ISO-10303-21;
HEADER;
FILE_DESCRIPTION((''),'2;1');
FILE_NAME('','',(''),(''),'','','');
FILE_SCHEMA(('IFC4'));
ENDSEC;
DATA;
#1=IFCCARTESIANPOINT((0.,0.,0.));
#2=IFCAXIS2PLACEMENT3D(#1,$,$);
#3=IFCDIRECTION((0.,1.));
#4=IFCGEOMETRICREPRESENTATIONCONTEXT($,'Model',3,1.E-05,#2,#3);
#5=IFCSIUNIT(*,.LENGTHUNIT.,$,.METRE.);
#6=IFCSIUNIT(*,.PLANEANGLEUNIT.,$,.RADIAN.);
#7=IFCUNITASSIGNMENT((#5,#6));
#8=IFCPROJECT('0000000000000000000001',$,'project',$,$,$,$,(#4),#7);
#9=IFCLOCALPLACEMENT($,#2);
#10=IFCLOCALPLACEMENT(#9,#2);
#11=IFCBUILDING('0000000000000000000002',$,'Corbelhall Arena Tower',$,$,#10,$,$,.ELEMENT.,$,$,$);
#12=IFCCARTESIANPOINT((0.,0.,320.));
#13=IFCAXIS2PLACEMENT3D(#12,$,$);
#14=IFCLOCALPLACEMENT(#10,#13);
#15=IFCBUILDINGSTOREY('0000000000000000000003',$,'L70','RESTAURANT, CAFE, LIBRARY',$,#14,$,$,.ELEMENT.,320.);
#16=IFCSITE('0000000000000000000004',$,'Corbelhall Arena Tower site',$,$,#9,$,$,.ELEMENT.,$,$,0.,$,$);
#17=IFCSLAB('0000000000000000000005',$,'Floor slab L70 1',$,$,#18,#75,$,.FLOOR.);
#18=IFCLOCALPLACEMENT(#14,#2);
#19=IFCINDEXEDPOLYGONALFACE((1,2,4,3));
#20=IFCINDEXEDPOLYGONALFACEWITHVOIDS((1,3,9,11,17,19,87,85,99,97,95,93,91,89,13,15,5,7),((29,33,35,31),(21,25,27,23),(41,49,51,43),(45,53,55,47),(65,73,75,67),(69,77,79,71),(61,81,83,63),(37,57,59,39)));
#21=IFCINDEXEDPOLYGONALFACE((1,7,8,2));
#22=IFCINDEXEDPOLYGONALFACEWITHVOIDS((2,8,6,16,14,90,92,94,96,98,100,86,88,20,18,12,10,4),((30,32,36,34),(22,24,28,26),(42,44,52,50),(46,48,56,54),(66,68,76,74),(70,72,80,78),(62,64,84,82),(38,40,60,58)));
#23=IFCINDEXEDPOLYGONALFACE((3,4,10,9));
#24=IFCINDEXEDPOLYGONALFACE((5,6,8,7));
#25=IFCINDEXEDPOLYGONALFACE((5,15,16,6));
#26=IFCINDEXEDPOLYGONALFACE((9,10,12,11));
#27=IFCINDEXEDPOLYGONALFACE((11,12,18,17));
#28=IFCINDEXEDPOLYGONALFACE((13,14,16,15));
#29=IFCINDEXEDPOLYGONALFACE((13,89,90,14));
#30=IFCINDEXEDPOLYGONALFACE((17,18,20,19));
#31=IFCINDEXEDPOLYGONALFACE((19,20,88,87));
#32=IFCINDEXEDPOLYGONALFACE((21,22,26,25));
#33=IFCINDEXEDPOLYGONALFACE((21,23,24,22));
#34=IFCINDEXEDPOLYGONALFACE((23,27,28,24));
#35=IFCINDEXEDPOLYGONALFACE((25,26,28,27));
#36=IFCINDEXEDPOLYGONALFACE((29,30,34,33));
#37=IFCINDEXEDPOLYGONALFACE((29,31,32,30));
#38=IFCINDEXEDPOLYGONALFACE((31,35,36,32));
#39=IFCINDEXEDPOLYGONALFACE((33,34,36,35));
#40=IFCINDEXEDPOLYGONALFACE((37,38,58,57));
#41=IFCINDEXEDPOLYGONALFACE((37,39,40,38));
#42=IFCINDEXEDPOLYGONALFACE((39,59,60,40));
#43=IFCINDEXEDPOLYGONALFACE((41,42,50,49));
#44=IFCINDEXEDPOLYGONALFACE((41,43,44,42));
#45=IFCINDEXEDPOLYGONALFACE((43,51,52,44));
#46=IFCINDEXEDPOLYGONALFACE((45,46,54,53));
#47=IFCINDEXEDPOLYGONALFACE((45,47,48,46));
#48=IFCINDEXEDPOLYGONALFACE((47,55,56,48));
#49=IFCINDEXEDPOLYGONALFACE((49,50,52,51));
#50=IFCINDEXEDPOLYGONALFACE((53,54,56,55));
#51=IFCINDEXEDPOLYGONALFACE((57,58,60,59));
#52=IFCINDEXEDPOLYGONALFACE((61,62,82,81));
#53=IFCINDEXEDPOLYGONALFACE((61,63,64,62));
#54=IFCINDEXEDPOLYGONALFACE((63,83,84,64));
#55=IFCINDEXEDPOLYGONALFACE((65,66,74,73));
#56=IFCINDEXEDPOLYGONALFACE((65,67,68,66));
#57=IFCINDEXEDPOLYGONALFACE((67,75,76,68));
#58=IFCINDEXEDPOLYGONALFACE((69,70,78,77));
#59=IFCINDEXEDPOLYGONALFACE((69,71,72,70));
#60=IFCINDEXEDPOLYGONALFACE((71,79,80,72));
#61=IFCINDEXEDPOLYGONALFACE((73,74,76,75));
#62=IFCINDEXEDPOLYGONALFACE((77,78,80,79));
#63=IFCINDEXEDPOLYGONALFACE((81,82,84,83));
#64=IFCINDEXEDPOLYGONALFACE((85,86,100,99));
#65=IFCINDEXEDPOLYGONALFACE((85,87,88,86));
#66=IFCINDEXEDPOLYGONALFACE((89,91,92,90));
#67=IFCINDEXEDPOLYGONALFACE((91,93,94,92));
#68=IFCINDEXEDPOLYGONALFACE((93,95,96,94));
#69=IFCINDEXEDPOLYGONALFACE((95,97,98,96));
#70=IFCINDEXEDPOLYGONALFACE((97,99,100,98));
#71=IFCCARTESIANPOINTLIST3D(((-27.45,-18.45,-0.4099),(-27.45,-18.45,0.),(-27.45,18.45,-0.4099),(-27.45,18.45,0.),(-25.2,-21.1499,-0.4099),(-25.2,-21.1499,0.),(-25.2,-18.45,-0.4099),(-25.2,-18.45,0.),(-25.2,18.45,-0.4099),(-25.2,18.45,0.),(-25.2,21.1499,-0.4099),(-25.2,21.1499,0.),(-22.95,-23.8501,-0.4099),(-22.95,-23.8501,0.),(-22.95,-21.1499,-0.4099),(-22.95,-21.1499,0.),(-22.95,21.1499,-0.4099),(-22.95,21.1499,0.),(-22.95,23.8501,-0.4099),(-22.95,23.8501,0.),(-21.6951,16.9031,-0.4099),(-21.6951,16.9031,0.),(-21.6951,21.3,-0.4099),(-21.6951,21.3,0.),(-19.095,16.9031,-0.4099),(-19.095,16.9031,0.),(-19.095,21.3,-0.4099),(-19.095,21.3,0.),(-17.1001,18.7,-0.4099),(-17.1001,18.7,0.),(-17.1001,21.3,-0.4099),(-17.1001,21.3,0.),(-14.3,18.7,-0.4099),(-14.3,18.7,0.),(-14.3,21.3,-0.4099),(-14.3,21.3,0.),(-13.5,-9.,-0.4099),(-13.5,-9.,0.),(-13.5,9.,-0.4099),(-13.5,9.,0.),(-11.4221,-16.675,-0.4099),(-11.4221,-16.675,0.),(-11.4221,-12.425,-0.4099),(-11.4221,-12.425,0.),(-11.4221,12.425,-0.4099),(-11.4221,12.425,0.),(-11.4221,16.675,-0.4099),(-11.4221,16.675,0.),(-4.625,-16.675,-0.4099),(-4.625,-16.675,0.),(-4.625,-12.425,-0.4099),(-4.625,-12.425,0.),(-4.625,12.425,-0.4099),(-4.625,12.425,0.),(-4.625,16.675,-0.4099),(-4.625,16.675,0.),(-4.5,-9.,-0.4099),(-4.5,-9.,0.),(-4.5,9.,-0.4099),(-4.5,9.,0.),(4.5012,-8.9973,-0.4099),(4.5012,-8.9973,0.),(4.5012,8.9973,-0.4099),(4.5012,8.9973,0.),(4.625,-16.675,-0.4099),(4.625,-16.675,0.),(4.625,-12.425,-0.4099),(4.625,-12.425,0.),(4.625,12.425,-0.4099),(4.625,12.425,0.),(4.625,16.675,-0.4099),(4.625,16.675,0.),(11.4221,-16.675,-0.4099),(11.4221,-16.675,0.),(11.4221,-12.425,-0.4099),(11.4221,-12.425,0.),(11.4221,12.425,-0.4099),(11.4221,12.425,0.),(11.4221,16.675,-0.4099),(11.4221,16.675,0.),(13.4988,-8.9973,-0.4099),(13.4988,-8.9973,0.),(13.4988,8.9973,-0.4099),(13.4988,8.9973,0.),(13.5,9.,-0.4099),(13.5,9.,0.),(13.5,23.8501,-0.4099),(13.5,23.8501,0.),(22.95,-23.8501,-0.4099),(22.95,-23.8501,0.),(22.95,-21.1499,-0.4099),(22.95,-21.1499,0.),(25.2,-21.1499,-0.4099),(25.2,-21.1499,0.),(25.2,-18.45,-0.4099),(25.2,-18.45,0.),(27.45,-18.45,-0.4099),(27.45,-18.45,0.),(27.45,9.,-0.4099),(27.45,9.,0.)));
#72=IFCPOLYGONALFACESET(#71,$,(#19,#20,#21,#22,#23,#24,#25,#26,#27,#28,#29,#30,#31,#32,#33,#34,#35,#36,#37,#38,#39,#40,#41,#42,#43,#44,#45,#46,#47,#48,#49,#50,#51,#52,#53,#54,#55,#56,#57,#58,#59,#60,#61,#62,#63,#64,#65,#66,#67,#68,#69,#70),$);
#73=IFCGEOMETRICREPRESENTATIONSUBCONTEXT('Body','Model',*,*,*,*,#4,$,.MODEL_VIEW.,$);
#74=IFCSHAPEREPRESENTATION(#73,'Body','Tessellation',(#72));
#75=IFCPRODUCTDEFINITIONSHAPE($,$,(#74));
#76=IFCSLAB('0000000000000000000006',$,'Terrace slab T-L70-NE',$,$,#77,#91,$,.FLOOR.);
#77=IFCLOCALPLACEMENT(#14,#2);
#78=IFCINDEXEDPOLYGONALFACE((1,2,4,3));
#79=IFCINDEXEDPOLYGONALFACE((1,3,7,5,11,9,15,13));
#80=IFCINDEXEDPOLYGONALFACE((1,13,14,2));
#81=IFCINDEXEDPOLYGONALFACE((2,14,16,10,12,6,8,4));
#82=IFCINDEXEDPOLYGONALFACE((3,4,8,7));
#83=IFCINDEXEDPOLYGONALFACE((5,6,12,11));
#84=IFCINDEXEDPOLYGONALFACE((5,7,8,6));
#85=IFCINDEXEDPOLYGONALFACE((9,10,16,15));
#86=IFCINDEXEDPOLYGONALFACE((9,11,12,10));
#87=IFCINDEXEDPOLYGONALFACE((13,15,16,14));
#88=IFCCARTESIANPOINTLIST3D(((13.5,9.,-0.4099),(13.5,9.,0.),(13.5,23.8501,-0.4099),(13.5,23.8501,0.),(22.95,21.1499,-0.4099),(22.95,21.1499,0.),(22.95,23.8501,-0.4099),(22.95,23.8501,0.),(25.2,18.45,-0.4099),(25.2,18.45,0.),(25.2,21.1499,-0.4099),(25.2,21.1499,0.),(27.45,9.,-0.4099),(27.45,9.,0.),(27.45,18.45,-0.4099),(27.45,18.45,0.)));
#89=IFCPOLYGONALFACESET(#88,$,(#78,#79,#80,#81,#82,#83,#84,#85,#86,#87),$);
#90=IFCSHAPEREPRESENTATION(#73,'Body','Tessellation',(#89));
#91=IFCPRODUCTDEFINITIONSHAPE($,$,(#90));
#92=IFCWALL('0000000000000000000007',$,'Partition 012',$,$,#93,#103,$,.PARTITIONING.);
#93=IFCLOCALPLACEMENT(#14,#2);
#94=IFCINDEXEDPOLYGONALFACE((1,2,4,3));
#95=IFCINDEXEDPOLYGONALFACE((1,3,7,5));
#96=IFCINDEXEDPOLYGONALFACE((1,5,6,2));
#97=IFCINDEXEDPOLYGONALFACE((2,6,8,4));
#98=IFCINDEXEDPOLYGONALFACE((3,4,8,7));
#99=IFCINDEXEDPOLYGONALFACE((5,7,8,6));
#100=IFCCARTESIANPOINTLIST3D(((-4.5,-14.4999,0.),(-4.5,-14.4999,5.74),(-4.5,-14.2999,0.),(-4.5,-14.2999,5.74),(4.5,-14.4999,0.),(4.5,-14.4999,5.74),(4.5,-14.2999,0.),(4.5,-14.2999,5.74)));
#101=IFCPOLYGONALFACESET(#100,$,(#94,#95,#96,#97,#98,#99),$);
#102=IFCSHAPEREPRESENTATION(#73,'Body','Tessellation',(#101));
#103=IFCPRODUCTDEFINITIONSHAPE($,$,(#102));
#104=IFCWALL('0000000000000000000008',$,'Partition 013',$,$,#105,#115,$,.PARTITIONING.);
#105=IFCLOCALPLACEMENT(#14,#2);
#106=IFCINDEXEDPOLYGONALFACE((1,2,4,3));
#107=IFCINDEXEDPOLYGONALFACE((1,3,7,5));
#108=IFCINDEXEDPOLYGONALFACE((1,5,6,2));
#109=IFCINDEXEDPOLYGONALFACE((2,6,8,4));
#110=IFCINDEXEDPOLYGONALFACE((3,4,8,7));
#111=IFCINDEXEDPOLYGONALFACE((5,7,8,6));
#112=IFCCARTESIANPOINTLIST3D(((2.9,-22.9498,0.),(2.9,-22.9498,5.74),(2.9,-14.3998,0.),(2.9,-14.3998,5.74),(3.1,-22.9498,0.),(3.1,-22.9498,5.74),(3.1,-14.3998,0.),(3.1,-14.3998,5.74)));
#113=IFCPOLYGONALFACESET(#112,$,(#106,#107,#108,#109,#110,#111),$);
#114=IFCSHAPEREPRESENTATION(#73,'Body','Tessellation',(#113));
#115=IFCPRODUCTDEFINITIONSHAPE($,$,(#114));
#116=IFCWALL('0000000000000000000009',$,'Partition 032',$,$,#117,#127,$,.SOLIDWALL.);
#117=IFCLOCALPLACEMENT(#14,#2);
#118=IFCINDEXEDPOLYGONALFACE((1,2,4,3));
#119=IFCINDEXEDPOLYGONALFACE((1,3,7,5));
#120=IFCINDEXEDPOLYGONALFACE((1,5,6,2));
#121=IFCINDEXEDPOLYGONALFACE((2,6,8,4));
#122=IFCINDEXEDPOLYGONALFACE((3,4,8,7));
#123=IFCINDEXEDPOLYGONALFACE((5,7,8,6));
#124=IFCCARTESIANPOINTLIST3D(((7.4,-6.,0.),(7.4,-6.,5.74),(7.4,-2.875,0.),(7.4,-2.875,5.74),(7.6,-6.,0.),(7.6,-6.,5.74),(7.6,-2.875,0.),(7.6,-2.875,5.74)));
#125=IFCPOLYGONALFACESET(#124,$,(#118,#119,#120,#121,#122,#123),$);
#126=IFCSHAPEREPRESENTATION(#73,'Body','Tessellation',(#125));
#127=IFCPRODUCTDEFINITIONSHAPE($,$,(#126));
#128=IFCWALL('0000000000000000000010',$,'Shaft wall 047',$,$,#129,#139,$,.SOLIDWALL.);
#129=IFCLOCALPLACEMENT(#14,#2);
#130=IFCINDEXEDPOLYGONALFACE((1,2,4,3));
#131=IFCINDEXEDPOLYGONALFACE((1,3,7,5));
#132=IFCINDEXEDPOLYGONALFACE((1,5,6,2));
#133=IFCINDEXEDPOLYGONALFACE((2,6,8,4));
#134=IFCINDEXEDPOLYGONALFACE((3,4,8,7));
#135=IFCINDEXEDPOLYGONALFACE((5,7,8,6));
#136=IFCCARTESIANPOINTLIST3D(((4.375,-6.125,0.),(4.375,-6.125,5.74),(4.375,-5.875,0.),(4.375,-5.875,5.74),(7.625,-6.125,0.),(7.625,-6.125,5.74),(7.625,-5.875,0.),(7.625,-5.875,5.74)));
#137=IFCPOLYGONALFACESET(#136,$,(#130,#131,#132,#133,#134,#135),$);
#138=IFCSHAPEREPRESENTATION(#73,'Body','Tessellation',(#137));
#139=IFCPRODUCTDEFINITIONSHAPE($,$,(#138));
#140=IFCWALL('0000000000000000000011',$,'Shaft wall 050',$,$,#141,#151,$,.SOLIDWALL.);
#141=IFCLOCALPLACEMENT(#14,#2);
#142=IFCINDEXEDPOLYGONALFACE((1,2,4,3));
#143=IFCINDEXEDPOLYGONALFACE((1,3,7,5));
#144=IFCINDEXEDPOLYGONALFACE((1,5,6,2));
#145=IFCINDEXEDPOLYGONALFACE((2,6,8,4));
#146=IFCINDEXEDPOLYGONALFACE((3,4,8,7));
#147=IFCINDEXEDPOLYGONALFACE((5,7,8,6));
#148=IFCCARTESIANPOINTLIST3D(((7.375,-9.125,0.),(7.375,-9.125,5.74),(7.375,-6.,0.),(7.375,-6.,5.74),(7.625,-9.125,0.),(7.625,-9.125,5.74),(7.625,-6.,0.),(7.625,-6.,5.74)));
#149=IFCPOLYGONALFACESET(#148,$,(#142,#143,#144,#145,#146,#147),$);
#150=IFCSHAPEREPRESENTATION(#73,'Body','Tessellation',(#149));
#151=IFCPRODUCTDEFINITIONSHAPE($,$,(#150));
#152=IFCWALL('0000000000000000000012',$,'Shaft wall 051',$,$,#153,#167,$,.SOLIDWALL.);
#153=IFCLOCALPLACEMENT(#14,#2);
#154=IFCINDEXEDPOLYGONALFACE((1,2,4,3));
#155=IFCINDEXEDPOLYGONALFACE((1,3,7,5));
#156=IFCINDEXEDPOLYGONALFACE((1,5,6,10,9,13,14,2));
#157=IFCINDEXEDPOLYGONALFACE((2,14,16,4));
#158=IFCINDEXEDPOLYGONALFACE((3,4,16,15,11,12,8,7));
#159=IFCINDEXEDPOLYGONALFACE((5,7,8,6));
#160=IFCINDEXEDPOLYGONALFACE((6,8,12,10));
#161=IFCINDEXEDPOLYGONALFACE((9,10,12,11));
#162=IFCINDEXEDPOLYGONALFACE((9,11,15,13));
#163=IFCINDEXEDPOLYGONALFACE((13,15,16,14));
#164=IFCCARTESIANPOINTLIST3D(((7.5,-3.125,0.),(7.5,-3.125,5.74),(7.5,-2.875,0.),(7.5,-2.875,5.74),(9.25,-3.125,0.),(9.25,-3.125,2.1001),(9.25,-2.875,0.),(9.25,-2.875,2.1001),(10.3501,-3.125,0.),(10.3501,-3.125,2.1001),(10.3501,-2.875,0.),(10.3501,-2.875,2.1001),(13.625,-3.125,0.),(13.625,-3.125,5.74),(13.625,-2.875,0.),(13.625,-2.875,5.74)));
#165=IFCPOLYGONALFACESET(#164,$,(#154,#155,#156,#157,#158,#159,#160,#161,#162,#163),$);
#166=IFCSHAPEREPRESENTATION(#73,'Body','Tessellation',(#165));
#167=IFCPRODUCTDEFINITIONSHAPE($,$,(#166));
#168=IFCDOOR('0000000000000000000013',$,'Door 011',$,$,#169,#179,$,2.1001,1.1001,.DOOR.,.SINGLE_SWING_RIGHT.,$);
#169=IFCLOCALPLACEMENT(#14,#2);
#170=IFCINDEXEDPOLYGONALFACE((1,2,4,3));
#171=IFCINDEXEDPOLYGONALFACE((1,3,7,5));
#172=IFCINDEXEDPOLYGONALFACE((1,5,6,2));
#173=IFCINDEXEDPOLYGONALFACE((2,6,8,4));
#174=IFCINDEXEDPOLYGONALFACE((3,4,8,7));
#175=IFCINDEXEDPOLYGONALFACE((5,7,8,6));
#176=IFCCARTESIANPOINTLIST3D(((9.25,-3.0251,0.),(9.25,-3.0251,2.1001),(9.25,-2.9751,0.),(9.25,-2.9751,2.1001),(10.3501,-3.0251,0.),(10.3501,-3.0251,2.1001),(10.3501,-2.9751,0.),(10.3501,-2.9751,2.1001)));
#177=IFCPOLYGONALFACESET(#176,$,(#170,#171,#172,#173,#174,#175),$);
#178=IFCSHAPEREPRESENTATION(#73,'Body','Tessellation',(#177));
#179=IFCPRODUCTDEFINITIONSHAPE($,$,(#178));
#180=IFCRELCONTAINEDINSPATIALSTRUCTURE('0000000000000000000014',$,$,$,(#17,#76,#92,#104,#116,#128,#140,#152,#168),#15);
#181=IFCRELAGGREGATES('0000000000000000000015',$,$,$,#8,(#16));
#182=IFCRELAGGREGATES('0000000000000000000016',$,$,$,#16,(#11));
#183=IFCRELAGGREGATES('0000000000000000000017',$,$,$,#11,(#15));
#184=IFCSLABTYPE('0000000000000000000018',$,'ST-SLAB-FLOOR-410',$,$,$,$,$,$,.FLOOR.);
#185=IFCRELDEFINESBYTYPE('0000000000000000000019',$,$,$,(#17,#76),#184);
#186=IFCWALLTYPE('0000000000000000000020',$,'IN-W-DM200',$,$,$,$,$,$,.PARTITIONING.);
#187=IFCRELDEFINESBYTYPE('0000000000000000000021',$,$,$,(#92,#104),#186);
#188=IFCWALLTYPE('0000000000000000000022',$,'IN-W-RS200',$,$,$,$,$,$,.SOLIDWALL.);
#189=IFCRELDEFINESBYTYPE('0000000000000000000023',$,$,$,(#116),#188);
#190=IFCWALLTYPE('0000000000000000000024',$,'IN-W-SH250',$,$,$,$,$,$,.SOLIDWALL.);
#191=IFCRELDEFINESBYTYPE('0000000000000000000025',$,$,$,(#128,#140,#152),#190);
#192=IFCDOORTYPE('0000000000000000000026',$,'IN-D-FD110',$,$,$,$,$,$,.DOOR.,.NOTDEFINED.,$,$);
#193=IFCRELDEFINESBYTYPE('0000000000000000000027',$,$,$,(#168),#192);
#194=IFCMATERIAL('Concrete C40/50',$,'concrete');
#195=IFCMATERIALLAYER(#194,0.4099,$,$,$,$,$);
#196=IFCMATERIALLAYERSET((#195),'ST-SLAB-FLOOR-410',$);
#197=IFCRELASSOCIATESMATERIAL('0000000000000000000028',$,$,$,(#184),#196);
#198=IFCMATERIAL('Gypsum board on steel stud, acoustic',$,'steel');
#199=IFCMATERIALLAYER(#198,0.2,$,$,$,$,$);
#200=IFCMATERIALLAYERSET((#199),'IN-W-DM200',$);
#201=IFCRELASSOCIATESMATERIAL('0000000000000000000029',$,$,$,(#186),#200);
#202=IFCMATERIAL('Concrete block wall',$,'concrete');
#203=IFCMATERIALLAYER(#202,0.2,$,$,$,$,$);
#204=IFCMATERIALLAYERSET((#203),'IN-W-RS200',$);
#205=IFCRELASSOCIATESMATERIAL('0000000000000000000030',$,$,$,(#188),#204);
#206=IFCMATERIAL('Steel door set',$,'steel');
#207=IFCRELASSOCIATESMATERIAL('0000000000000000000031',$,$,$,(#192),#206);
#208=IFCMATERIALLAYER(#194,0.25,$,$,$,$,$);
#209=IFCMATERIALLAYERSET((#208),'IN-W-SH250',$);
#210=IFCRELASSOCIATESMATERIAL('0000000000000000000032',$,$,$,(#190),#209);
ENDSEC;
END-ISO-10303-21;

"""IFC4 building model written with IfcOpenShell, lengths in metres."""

from ifc_helpers import new_model, si_unit, direction, frame, frame_2d, origin, place, context, subcontext, project, spatial, polyline, rectangle, outline, extrude, material, layer, layer_set, type_object, element, fill, save


model = new_model("IFC4")

# Units and contexts
model_context = context("Model", 3, precision=1e-05, world=origin(), true_north=direction((0.0, 1.0)))
body_context = subcontext(model_context, "Body", "Model", "MODEL_VIEW")
ifc_project = project(units=[si_unit("LENGTHUNIT", "METRE"), si_unit("PLANEANGLEUNIT", "RADIAN")], contexts=[model_context])

# Site, building, storey
site_placement = place(None, origin())
site = spatial("IfcSite", under=ifc_project, at=site_placement, Name="Corbelhall Arena Tower site", CompositionType="ELEMENT", RefElevation=0.0)
building_placement = place(site_placement, origin())
building = spatial("IfcBuilding", under=site, at=building_placement, Name="Corbelhall Arena Tower", CompositionType="ELEMENT")
storey_placement = place(building_placement, frame((0.0, 0.0, 320.0)))
storey = spatial("IfcBuildingStorey", under=building, at=storey_placement, Name="L70", Description="RESTAURANT, CAFE, LIBRARY", CompositionType="ELEMENT", Elevation=320.0)

# Shared definitions
ifc_material_1 = material(Name="Concrete C40/50", Category="concrete")

# Slabs
ifc_layer_1 = layer(ifc_material_1, 0.4099)
ifc_layer_set_1 = layer_set([ifc_layer_1], Name="ST-SLAB-FLOOR-410")
slab_type_1 = type_object("IfcSlabType", Name="ST-SLAB-FLOOR-410", PredefinedType="FLOOR", material=ifc_layer_set_1)
slab_1_placement = place(storey_placement, frame((0.0, 0.0, -0.4099)))
element("IfcSlab", 1, at=slab_1_placement, inside=storey, type_object=slab_type_1, Name="Floor slab L70 1", PredefinedType="FLOOR", context=body_context, shape_type="SweptSolid", body=[
    extrude(outline(polyline([(25.2, -18.45), (27.45, -18.45), (27.45, 9.0), (13.5, 9.0), (13.5, 23.8501), (-22.95, 23.8501), (-22.95, 21.1499), (-25.2, 21.1499), (-25.2, 18.45), (-27.45, 18.45), (-27.45, -18.45), (-25.2, -18.45), (-25.2, -21.1499), (-22.95, -21.1499), (-22.95, -23.8501), (22.95, -23.8501), (22.95, -21.1499), (25.2, -21.1499), (25.2, -18.45)]), holes=[polyline([(4.5012, 8.9973), (4.5012, -8.9973), (13.4988, -8.9973), (13.4988, 8.9973), (4.5012, 8.9973)]), polyline([(-13.5, 9.0), (-13.5, -9.0), (-4.5, -9.0), (-4.5, 9.0), (-13.5, 9.0)]), polyline([(-4.625, 16.675), (-11.4221, 16.675), (-11.4221, 12.425), (-4.625, 12.425), (-4.625, 16.675)]), polyline([(-4.625, -16.675), (-4.625, -12.425), (-11.4221, -12.425), (-11.4221, -16.675), (-4.625, -16.675)]), polyline([(11.4221, 16.675), (4.625, 16.675), (4.625, 12.425), (11.4221, 12.425), (11.4221, 16.675)]), polyline([(11.4221, -16.675), (11.4221, -12.425), (4.625, -12.425), (4.625, -16.675), (11.4221, -16.675)]), polyline([(-21.6951, 21.3), (-21.6951, 16.9031), (-19.095, 16.9031), (-19.095, 21.3), (-21.6951, 21.3)]), polyline([(-14.3, 21.3), (-17.1001, 21.3), (-17.1001, 18.7), (-14.3, 18.7), (-14.3, 21.3)])]), origin(), (0.0, 0.0, 1.0), 0.4099),
])
slab_2_placement = place(storey_placement, frame((0.0, 0.0, -0.4099)))
element("IfcSlab", 2, at=slab_2_placement, inside=storey, type_object=slab_type_1, Name="Terrace slab T-L70-NE", PredefinedType="FLOOR", context=body_context, shape_type="SweptSolid", body=[
    extrude(outline(polyline([(13.5, 9.0), (27.45, 9.0), (27.45, 18.45), (25.2, 18.45), (25.2, 21.1499), (22.95, 21.1499), (22.95, 23.8501), (13.5, 23.8501), (13.5, 9.0)])), origin(), (0.0, 0.0, 1.0), 0.4099),
])

# Walls
ifc_material_2 = material(Name="Gypsum board on steel stud, acoustic", Category="steel")
ifc_layer_2 = layer(ifc_material_2, 0.2)
ifc_layer_set_2 = layer_set([ifc_layer_2], Name="IN-W-DM200")
wall_type_1 = type_object("IfcWallType", Name="IN-W-DM200", PredefinedType="PARTITIONING", material=ifc_layer_set_2)
wall_1_placement = place(storey_placement, frame((4.5, -14.3999, 0.0), z_axis=(0.0, 0.0, 1.0), x_axis=(-1.0, 0.0, 0.0)))
element("IfcWall", 3, at=wall_1_placement, inside=storey, type_object=wall_type_1, Name="Partition 012", PredefinedType="PARTITIONING", context=body_context, shape_type="SweptSolid", body=[
    extrude(rectangle(XDim=9.0, YDim=0.2, at=frame_2d((4.5, 0.0))), origin(), (0.0, 0.0, 1.0), 5.74),
])
wall_2_placement = place(storey_placement, frame((3.0, -14.3999, 0.0), z_axis=(0.0, 0.0, 1.0), x_axis=(0.0, -1.0, 0.0)))
element("IfcWall", 4, at=wall_2_placement, inside=storey, type_object=wall_type_1, Name="Partition 013", PredefinedType="PARTITIONING", context=body_context, shape_type="SweptSolid", body=[
    extrude(rectangle(XDim=8.55, YDim=0.2, at=frame_2d((4.2749, 0.0))), origin(), (0.0, 0.0, 1.0), 5.74),
])
ifc_material_3 = material(Name="Concrete block wall", Category="concrete")
ifc_layer_3 = layer(ifc_material_3, 0.2)
ifc_layer_set_3 = layer_set([ifc_layer_3], Name="IN-W-RS200")
wall_type_2 = type_object("IfcWallType", Name="IN-W-RS200", PredefinedType="SOLIDWALL", material=ifc_layer_set_3)
wall_3_placement = place(storey_placement, frame((7.5, -2.875, 0.0), z_axis=(0.0, 0.0, 1.0), x_axis=(0.0, -1.0, 0.0)))
element("IfcWall", 5, at=wall_3_placement, inside=storey, type_object=wall_type_2, Name="Partition 032", PredefinedType="SOLIDWALL", context=body_context, shape_type="SweptSolid", body=[
    extrude(rectangle(XDim=3.125, YDim=0.2, at=frame_2d((1.5625, 0.0))), origin(), (0.0, 0.0, 1.0), 5.74),
])

# Shared definitions
ifc_material_4 = material(Name="Steel door set", Category="steel")
door_type_1 = type_object("IfcDoorType", Name="IN-D-FD110", OperationType="NOTDEFINED", PredefinedType="DOOR", material=ifc_material_4)

# Walls
ifc_layer_4 = layer(ifc_material_1, 0.25)
ifc_layer_set_4 = layer_set([ifc_layer_4], Name="IN-W-SH250")
wall_type_3 = type_object("IfcWallType", Name="IN-W-SH250", PredefinedType="SOLIDWALL", material=ifc_layer_set_4)
wall_4_placement = place(storey_placement, frame((4.375, -6.0, 0.0), z_axis=(0.0, 0.0, 1.0), x_axis=(1.0, 0.0, 0.0)))
element("IfcWall", 6, at=wall_4_placement, inside=storey, type_object=wall_type_3, Name="Shaft wall 047", PredefinedType="SOLIDWALL", context=body_context, shape_type="SweptSolid", body=[
    extrude(rectangle(XDim=3.25, YDim=0.25, at=frame_2d((1.625, 0.0))), origin(), (0.0, 0.0, 1.0), 5.74),
])
wall_5_placement = place(storey_placement, frame((7.5, -6.0, 0.0), z_axis=(0.0, 0.0, 1.0), x_axis=(0.0, -1.0, 0.0)))
element("IfcWall", 7, at=wall_5_placement, inside=storey, type_object=wall_type_3, Name="Shaft wall 050", PredefinedType="SOLIDWALL", context=body_context, shape_type="SweptSolid", body=[
    extrude(rectangle(XDim=3.125, YDim=0.25, at=frame_2d((1.5625, 0.0))), origin(), (0.0, 0.0, 1.0), 5.74),
])

# Wall, opening, door
wall_6_placement = place(storey_placement, frame((7.5, -3.0, 0.0), z_axis=(0.0, 0.0, 1.0), x_axis=(1.0, 0.0, 0.0)))
wall_6 = element("IfcWall", 8, at=wall_6_placement, inside=storey, type_object=wall_type_3, Name="Shaft wall 051", PredefinedType="SOLIDWALL", context=body_context, shape_type="SweptSolid", body=[
    extrude(rectangle(XDim=6.125, YDim=0.25, at=frame_2d((3.0625, 0.0))), origin(), (0.0, 0.0, 1.0), 5.74),
])
opening_1_placement = place(wall_6_placement, frame((1.75, 0.0, 0.0)))
opening_1 = element("IfcOpeningElement", 9, at=opening_1_placement, cuts=wall_6, PredefinedType="OPENING", context=body_context, shape_type="SweptSolid", body=[
    extrude(rectangle(XDim=1.1001, YDim=2.1001, at=frame_2d((0.55, 1.05))), frame((0.0, 0.125, 0.0), z_axis=(0.0, -1.0, 0.0), x_axis=(1.0, 0.0, 0.0)), (0.0, 0.0, 1.0), 0.25),
])
door_1_placement = place(opening_1_placement, origin())
door_1 = element("IfcDoor", 10, at=door_1_placement, inside=storey, type_object=door_type_1, Name="Door 011", OperationType="SINGLE_SWING_RIGHT", OverallHeight=2.1001, OverallWidth=1.1001, PredefinedType="DOOR", context=body_context, shape_type="SweptSolid", body=[
    extrude(rectangle(XDim=1.1001, YDim=2.1001, at=frame_2d((0.55, 1.05))), frame((0.0, 0.0249, 0.0), z_axis=(0.0, -1.0, 0.0), x_axis=(1.0, 0.0, 0.0)), (0.0, 0.0, 1.0), 0.05),
])
fill(opening_1, door_1)

save(model, "model.ifc")
